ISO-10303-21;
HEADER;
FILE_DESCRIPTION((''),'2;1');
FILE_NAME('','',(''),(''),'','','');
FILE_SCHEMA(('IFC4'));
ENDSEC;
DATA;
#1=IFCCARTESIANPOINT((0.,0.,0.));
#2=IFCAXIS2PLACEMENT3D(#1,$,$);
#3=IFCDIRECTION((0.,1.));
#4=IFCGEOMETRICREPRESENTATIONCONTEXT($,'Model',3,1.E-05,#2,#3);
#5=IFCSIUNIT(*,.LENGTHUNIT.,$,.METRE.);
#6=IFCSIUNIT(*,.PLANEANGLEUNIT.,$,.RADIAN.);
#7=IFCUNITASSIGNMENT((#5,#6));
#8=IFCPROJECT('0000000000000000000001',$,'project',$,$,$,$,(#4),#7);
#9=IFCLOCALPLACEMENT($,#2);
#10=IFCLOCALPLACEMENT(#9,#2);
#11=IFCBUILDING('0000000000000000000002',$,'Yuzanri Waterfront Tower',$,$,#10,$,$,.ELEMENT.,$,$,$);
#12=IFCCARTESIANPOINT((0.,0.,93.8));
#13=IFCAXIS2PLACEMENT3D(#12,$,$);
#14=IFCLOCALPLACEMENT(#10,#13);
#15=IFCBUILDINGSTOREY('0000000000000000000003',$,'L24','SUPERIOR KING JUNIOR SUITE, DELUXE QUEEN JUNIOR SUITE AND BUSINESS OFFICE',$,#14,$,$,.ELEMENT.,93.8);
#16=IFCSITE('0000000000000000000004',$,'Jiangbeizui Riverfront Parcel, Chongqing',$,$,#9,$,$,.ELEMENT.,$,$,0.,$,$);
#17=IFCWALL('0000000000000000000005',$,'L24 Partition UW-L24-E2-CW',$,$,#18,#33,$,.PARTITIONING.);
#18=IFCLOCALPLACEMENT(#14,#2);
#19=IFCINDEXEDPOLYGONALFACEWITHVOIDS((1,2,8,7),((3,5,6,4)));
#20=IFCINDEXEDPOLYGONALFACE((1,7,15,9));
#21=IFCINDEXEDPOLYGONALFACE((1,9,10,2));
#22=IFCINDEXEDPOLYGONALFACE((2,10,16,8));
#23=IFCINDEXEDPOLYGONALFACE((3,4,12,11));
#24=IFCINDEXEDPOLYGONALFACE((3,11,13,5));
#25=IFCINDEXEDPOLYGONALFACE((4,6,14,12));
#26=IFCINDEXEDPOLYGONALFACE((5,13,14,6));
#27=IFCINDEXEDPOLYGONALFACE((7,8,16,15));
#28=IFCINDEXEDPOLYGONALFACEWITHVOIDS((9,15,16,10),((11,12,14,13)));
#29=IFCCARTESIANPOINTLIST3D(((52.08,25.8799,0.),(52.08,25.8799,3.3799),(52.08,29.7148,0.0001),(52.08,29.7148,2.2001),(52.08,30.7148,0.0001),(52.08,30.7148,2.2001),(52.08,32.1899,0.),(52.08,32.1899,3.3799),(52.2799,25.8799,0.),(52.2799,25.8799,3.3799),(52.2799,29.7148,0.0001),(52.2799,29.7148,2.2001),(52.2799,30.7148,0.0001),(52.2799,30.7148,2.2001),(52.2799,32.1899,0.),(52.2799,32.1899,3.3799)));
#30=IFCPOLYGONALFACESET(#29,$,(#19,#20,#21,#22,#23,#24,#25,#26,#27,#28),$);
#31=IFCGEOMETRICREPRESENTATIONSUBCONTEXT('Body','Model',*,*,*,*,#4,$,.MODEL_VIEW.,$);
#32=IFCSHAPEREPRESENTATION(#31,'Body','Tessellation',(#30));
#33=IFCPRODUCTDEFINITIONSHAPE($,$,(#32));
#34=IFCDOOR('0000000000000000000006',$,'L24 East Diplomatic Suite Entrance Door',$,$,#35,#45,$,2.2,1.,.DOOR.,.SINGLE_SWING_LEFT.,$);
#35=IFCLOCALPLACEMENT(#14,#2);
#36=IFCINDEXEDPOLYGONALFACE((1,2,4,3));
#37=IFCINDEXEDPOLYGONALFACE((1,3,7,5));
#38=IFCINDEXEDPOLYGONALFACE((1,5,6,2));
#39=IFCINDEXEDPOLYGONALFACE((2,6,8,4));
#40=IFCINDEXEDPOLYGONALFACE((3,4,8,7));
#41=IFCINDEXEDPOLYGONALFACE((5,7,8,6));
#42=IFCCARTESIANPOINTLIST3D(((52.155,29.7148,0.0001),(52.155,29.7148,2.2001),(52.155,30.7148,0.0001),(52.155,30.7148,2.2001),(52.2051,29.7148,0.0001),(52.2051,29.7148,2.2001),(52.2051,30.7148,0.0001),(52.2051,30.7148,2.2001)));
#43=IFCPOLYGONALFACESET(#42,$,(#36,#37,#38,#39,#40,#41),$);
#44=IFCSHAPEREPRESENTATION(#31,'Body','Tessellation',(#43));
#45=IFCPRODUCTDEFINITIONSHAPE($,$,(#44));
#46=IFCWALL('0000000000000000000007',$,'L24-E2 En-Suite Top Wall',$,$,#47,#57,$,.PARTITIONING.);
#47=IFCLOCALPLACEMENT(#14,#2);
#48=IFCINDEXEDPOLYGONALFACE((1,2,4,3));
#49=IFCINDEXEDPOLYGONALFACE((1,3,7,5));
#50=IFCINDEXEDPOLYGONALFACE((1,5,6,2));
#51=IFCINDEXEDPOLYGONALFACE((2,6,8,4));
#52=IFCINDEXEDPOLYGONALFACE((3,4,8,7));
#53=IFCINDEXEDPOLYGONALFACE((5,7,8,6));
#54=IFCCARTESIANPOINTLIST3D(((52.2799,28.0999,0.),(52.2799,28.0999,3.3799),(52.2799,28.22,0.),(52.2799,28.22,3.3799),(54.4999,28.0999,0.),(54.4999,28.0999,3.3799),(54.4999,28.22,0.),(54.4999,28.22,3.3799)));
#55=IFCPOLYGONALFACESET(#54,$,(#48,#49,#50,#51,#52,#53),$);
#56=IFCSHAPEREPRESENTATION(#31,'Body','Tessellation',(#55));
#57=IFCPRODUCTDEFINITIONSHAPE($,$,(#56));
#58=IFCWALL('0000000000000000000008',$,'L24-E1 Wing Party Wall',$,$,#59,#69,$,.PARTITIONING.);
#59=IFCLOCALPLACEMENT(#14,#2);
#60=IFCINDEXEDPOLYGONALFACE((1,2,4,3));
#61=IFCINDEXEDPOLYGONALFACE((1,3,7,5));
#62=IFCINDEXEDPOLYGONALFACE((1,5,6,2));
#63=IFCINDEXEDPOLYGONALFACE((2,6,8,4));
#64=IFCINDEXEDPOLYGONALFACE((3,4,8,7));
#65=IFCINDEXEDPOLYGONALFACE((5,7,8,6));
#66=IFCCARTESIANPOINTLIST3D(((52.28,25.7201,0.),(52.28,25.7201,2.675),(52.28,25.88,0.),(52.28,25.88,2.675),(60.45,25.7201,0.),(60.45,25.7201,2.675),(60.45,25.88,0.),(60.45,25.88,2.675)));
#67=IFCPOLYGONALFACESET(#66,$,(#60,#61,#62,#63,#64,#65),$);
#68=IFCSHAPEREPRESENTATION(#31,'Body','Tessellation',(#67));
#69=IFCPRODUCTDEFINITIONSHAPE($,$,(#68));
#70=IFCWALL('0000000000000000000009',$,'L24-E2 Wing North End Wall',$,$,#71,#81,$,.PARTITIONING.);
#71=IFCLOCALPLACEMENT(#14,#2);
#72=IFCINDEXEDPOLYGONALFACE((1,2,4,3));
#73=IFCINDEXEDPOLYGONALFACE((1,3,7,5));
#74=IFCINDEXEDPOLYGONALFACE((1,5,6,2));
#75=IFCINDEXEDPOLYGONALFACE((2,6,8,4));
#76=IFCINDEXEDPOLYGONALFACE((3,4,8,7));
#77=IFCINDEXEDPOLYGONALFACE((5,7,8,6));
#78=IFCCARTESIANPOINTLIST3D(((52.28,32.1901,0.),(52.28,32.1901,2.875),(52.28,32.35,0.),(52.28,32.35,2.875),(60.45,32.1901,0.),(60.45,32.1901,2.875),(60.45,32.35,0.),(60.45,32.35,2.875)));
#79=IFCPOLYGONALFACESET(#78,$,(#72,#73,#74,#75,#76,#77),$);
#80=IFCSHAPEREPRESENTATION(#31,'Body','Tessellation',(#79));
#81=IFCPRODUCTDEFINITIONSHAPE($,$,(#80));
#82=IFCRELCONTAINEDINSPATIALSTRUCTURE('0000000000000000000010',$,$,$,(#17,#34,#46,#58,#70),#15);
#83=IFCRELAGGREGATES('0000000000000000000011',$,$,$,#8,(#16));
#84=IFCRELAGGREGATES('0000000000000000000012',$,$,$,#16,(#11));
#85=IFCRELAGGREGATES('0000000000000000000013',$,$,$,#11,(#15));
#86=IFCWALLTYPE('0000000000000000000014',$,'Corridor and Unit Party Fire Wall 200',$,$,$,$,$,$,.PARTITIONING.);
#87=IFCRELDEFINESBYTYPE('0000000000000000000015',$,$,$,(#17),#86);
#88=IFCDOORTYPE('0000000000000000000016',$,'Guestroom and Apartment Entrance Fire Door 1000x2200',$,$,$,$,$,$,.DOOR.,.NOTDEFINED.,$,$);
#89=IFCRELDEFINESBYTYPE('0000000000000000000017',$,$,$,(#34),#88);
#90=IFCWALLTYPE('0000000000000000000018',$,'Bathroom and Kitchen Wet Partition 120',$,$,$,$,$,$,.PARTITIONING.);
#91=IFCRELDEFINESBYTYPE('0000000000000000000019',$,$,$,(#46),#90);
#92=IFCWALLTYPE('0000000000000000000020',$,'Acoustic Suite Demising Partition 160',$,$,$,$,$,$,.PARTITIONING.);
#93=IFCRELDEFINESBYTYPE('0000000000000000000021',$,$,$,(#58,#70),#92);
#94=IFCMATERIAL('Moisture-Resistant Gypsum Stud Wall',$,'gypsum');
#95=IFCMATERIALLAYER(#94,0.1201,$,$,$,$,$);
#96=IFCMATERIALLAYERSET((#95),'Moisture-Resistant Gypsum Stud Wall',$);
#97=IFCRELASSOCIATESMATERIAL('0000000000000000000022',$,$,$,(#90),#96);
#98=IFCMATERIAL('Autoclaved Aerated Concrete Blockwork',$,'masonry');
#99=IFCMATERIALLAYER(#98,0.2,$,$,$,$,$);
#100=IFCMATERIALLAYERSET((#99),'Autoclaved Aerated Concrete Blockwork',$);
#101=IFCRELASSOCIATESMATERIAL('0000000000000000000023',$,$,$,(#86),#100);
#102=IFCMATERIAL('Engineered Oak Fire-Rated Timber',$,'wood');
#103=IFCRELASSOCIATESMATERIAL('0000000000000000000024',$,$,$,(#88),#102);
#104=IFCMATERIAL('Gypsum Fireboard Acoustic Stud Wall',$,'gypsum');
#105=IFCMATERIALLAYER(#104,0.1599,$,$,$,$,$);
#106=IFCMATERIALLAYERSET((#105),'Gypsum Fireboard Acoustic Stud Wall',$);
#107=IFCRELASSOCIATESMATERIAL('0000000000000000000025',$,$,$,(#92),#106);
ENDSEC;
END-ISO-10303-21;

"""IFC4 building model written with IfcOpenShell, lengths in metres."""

from ifc_helpers import new_model, si_unit, direction, frame, frame_2d, origin, place, context, subcontext, project, spatial, rectangle, extrude, source, transform, mapped, material, layer, layer_set, type_object, element, fill, save


model = new_model("IFC4")

# Units and contexts
model_context = context("Model", 3, precision=1e-05, world=origin(), true_north=direction((0.0, 1.0)))
body_context = subcontext(model_context, "Body", "Model", "MODEL_VIEW")
ifc_project = project(units=[si_unit("LENGTHUNIT", "METRE"), si_unit("PLANEANGLEUNIT", "RADIAN")], contexts=[model_context])

# Site, building, storey
site_placement = place(None, origin())
site = spatial("IfcSite", under=ifc_project, at=site_placement, Name="Jiangbeizui Riverfront Parcel, Chongqing", CompositionType="ELEMENT", RefElevation=0.0)
building_placement = place(site_placement, origin())
building = spatial("IfcBuilding", under=site, at=building_placement, Name="Yuzanri Waterfront Tower", CompositionType="ELEMENT")
storey_placement = place(building_placement, frame((0.0, 0.0, 93.8)))
storey = spatial("IfcBuildingStorey", under=building, at=storey_placement, Name="L24", Description="SUPERIOR KING JUNIOR SUITE, DELUXE QUEEN JUNIOR SUITE AND BUSINESS OFFICE", CompositionType="ELEMENT", Elevation=93.8)

# Wall, opening, door
ifc_material_1 = material(Name="Moisture-Resistant Gypsum Stud Wall", Category="gypsum")
ifc_layer_1 = layer(ifc_material_1, 0.1201)
ifc_layer_set_1 = layer_set([ifc_layer_1], Name="Moisture-Resistant Gypsum Stud Wall")
wall_type_1 = type_object("IfcWallType", Name="Bathroom and Kitchen Wet Partition 120", PredefinedType="PARTITIONING", material=ifc_layer_set_1)
ifc_material_2 = material(Name="Autoclaved Aerated Concrete Blockwork", Category="masonry")
ifc_layer_2 = layer(ifc_material_2, 0.2)
ifc_layer_set_2 = layer_set([ifc_layer_2], Name="Autoclaved Aerated Concrete Blockwork")
wall_type_2 = type_object("IfcWallType", Name="Corridor and Unit Party Fire Wall 200", PredefinedType="PARTITIONING", material=ifc_layer_set_2)
wall_1_placement = place(storey_placement, frame((52.1799, 25.8799, 0.0), z_axis=(0.0, 0.0, 1.0), x_axis=(0.0, 1.0, 0.0)))
wall_1 = element("IfcWall", 1, at=wall_1_placement, inside=storey, type_object=wall_type_2, Name="L24 Partition UW-L24-E2-CW", PredefinedType="PARTITIONING", context=body_context, shape_type="SweptSolid", body=[
    extrude(rectangle(XDim=6.3101, YDim=0.2, at=frame_2d((3.155, 0.0))), origin(), (0.0, 0.0, 1.0), 3.3799),
])
opening_1_placement = place(wall_1_placement, frame((3.835, 0.0, 0.0)))
opening_1 = element("IfcOpeningElement", 2, at=opening_1_placement, cuts=wall_1, PredefinedType="OPENING", context=body_context, shape_type="SweptSolid", body=[
    extrude(rectangle(XDim=1.0, YDim=2.2, at=frame_2d((0.5, 1.1001))), frame((0.0, 0.1147, 0.0), z_axis=(0.0, -1.0, 0.0), x_axis=(1.0, 0.0, 0.0)), (0.0, 0.0, 1.0), 0.2297),
])
ifc_material_3 = material(Name="Engineered Oak Fire-Rated Timber", Category="wood")
door_type_1 = type_object("IfcDoorType", Name="Guestroom and Apartment Entrance Fire Door 1000x2200", OperationType="NOTDEFINED", PredefinedType="DOOR", material=ifc_material_3)
shared_shape_1 = source(origin(), body_context, "Body", "SweptSolid", [
    extrude(rectangle(XDim=1.0, YDim=2.2, at=frame_2d((0.5, 1.1001))), frame((0.0, 0.0249, 0.0), z_axis=(0.0, -1.0, 0.0), x_axis=(1.0, 0.0, 0.0)), (0.0, 0.0, 1.0), 0.05),
])
door_1_placement = place(opening_1_placement, origin())
door_1 = element("IfcDoor", 3, at=door_1_placement, inside=storey, type_object=door_type_1, Name="L24 East Diplomatic Suite Entrance Door", OperationType="SINGLE_SWING_LEFT", OverallHeight=2.2, OverallWidth=1.0, PredefinedType="DOOR", context=body_context, shape_type="MappedRepresentation", body=[
    mapped(shared_shape_1, transform((0.0, 0.0, 0.0), scale=1.0)),
])
fill(opening_1, door_1)

# Walls
shared_shape_2 = source(origin(), body_context, "Body", "SweptSolid", [
    extrude(rectangle(XDim=2.22, YDim=0.1201, at=frame_2d((1.1099, 0.0))), origin(), (0.0, 0.0, 1.0), 3.3799),
])
wall_2_placement = place(storey_placement, frame((52.28, 28.1599, 0.0), z_axis=(0.0, 0.0, 1.0), x_axis=(1.0, 0.0, 0.0)))
element("IfcWall", 4, at=wall_2_placement, inside=storey, type_object=wall_type_1, Name="L24-E2 En-Suite Top Wall", PredefinedType="PARTITIONING", context=body_context, shape_type="MappedRepresentation", body=[
    mapped(shared_shape_2, transform((0.0, 0.0, 0.0), scale=1.0)),
])
ifc_material_4 = material(Name="Gypsum Fireboard Acoustic Stud Wall", Category="gypsum")
ifc_layer_3 = layer(ifc_material_4, 0.1599)
ifc_layer_set_3 = layer_set([ifc_layer_3], Name="Gypsum Fireboard Acoustic Stud Wall")
wall_type_3 = type_object("IfcWallType", Name="Acoustic Suite Demising Partition 160", PredefinedType="PARTITIONING", material=ifc_layer_set_3)
shared_shape_3 = source(origin(), body_context, "Body", "SweptSolid", [
    extrude(rectangle(XDim=8.1699, YDim=0.1599, at=frame_2d((4.085, 0.0))), origin(), (0.0, 0.0, 1.0), 2.675),
])
wall_3_placement = place(storey_placement, frame((52.28, 25.8, 0.0), z_axis=(0.0, 0.0, 1.0), x_axis=(1.0, 0.0, 0.0)))
element("IfcWall", 5, at=wall_3_placement, inside=storey, type_object=wall_type_3, Name="L24-E1 Wing Party Wall", PredefinedType="PARTITIONING", context=body_context, shape_type="MappedRepresentation", body=[
    mapped(shared_shape_3, transform((0.0, 0.0, 0.0), scale=1.0)),
])
shared_shape_4 = source(origin(), body_context, "Body", "SweptSolid", [
    extrude(rectangle(XDim=8.1699, YDim=0.1599, at=frame_2d((4.085, 0.0))), origin(), (0.0, 0.0, 1.0), 2.875),
])
wall_4_placement = place(storey_placement, frame((52.28, 32.27, 0.0), z_axis=(0.0, 0.0, 1.0), x_axis=(1.0, 0.0, 0.0)))
element("IfcWall", 6, at=wall_4_placement, inside=storey, type_object=wall_type_3, Name="L24-E2 Wing North End Wall", PredefinedType="PARTITIONING", context=body_context, shape_type="MappedRepresentation", body=[
    mapped(shared_shape_4, transform((0.0, 0.0, 0.0), scale=1.0)),
])

save(model, "model.ifc")
